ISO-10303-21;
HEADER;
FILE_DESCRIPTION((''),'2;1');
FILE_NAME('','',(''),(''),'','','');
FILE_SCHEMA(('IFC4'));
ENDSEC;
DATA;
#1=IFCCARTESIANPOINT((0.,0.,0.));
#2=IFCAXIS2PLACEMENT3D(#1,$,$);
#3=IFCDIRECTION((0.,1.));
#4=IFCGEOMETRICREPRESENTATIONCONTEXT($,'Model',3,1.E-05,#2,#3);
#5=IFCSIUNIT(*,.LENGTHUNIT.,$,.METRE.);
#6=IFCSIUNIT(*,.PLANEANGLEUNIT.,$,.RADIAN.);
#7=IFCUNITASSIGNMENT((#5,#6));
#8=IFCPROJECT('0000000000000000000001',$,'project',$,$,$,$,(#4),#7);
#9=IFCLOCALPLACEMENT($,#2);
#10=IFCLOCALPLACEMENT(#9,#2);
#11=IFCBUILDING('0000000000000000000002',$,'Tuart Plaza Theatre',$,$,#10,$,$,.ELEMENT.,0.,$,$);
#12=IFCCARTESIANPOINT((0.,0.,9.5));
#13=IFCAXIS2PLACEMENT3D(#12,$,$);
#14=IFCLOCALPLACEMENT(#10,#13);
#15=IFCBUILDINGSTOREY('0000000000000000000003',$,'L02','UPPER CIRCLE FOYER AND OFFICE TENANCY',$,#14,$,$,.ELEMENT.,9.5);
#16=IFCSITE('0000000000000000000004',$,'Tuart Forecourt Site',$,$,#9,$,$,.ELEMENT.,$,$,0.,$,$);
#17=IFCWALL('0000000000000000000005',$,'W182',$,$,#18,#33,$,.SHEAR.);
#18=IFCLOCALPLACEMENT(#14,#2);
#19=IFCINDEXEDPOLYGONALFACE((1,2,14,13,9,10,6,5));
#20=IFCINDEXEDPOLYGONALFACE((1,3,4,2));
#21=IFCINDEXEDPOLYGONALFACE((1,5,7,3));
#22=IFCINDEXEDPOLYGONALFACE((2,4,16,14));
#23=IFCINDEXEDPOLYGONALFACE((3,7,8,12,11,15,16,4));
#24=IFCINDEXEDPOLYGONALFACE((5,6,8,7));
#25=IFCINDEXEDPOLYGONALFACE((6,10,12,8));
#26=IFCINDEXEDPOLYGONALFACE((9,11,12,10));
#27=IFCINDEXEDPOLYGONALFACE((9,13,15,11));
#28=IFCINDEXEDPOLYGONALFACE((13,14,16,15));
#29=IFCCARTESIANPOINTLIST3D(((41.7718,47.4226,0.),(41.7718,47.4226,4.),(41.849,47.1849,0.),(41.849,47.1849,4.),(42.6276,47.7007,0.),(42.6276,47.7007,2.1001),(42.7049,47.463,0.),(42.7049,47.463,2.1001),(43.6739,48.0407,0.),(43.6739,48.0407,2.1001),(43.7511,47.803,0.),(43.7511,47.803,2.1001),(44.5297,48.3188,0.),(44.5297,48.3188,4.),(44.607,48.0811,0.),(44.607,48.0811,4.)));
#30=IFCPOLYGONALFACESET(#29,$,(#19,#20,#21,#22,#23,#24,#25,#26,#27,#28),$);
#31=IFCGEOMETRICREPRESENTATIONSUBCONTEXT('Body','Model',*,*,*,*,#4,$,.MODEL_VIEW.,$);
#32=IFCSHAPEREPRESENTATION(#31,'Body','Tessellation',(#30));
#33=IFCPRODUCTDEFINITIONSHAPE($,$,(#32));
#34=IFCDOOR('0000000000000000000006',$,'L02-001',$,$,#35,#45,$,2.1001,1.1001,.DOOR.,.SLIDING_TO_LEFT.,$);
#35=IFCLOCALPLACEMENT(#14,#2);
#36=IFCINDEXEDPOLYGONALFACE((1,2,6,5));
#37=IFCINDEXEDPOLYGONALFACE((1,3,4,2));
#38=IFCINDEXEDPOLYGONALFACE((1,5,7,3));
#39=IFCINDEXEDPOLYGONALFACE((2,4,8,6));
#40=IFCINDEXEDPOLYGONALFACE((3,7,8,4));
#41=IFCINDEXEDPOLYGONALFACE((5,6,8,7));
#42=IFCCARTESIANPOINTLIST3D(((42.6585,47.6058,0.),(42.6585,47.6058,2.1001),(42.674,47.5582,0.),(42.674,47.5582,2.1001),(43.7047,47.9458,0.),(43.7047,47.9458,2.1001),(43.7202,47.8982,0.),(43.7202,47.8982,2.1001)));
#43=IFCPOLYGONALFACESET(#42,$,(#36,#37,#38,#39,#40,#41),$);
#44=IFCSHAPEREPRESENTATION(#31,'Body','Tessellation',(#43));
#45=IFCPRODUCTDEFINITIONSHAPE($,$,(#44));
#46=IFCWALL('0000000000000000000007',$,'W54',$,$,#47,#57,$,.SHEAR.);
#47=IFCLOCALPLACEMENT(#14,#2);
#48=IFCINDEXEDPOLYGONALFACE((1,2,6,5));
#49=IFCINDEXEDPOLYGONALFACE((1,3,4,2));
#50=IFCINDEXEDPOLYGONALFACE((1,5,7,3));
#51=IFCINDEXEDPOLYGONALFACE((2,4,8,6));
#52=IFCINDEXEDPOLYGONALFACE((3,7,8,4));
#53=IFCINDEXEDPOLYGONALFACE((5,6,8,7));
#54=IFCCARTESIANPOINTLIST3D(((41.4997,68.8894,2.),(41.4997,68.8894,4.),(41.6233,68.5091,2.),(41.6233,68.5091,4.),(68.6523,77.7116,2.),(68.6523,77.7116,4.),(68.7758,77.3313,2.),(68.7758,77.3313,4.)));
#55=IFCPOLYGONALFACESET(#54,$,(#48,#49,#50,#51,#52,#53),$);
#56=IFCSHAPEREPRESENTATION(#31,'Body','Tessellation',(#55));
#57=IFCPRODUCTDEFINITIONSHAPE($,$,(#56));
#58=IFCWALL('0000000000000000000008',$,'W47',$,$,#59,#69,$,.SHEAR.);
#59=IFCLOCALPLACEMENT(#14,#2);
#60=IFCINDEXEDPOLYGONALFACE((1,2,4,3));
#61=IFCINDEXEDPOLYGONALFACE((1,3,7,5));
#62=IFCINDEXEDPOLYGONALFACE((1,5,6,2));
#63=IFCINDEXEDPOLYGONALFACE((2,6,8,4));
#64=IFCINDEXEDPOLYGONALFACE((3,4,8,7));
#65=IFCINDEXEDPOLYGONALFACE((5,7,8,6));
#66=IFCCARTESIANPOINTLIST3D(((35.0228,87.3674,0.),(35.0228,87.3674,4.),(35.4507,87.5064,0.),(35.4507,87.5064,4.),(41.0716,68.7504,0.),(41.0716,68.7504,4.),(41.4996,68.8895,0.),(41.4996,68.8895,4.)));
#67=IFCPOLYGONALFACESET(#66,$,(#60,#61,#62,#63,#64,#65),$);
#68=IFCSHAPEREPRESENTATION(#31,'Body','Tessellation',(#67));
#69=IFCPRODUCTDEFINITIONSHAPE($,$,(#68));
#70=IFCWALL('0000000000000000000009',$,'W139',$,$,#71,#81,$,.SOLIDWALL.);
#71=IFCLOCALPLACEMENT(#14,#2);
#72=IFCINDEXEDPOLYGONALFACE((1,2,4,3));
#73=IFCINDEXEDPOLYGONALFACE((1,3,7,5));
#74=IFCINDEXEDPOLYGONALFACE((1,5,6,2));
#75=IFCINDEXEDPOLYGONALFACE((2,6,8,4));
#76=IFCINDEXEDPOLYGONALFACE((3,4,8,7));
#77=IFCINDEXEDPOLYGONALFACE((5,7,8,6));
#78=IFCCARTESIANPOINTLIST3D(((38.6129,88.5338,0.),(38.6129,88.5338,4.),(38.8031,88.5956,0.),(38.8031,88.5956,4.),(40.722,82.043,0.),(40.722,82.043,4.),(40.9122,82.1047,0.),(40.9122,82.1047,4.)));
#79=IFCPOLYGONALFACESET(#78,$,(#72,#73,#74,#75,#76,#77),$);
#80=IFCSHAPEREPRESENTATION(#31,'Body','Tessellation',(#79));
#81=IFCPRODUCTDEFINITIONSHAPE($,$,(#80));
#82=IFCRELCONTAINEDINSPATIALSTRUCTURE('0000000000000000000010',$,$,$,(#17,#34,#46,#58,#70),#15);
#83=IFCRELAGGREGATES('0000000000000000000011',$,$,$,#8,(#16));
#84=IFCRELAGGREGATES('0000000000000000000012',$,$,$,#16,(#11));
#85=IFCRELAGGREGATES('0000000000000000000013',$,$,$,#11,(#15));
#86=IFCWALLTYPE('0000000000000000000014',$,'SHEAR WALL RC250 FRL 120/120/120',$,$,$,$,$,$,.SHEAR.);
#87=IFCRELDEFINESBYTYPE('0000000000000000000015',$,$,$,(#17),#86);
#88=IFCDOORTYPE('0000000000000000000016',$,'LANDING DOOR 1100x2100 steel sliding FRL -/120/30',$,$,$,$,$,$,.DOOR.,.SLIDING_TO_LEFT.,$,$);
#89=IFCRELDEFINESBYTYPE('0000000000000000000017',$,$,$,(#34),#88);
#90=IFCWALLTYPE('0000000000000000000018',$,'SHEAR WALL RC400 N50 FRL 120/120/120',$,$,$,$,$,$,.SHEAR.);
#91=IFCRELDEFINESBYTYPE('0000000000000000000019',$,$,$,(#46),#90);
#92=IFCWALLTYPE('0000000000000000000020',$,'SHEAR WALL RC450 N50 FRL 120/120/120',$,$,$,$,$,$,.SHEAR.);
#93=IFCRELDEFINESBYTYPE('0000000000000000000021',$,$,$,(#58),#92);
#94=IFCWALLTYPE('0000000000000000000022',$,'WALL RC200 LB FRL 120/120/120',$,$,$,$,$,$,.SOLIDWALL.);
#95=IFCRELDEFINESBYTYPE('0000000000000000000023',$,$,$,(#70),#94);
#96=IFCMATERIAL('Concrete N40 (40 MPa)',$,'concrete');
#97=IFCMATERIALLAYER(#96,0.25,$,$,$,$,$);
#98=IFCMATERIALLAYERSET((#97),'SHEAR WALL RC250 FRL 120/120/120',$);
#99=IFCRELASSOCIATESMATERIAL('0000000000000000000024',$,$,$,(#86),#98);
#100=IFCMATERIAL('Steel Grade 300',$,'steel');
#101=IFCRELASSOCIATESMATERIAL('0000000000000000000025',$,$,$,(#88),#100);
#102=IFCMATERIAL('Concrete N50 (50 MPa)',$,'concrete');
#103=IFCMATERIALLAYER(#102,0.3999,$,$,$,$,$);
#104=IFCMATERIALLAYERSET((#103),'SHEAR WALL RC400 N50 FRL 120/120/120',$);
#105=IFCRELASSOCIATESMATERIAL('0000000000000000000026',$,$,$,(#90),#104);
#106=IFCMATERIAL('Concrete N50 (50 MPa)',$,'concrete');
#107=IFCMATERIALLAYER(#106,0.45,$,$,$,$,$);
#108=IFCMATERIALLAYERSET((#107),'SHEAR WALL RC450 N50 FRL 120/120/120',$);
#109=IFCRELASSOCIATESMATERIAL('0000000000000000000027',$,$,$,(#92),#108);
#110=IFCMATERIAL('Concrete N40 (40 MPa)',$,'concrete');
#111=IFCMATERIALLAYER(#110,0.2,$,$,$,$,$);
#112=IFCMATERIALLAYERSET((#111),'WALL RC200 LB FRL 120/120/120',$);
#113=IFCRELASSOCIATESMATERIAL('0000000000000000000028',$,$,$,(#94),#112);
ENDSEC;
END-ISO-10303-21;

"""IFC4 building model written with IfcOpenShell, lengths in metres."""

from ifc_helpers import new_model, si_unit, direction, frame, frame_2d, origin, place, context, subcontext, project, spatial, rectangle, extrude, material, layer, layer_set, type_object, element, fill, save


model = new_model("IFC4")

# Units and contexts
model_context = context("Model", 3, precision=1e-05, world=origin(), true_north=direction((0.0, 1.0)))
body_context = subcontext(model_context, "Body", "Model", "MODEL_VIEW")
ifc_project = project(units=[si_unit("LENGTHUNIT", "METRE"), si_unit("PLANEANGLEUNIT", "RADIAN")], contexts=[model_context])

# Site, building, storey
site_placement = place(None, origin())
site = spatial("IfcSite", under=ifc_project, at=site_placement, Name="Tuart Forecourt Site", CompositionType="ELEMENT", RefElevation=0.0)
building_placement = place(site_placement, origin())
building = spatial("IfcBuilding", under=site, at=building_placement, Name="Tuart Plaza Theatre", CompositionType="ELEMENT", ElevationOfRefHeight=0.0)
storey_placement = place(building_placement, frame((0.0, 0.0, 9.5)))
storey = spatial("IfcBuildingStorey", under=building, at=storey_placement, Name="L02", Description="UPPER CIRCLE FOYER AND OFFICE TENANCY", CompositionType="ELEMENT", Elevation=9.5)

# Wall, opening, door
ifc_material_1 = material(Name="Concrete N40 (40 MPa)", Category="concrete")
ifc_layer_1 = layer(ifc_material_1, 0.25)
ifc_layer_set_1 = layer_set([ifc_layer_1], Name="SHEAR WALL RC250 FRL 120/120/120")
wall_type_1 = type_object("IfcWallType", Name="SHEAR WALL RC250 FRL 120/120/120", PredefinedType="SHEAR", material=ifc_layer_set_1)
wall_1_placement = place(storey_placement, frame((44.5684, 48.2, 0.0), z_axis=(0.0, 0.0, 1.0), x_axis=(-0.951047, -0.309046, 0.0)))
wall_1 = element("IfcWall", 1, at=wall_1_placement, inside=storey, type_object=wall_type_1, Name="W182", PredefinedType="SHEAR", context=body_context, shape_type="SweptSolid", body=[
    extrude(rectangle(XDim=2.8999, YDim=0.25, at=frame_2d((1.45, 0.0))), origin(), (0.0, 0.0, 1.0), 4.0),
])
opening_1_placement = place(wall_1_placement, frame((0.8999, 0.0, 0.0)))
opening_1 = element("IfcOpeningElement", 2, at=opening_1_placement, cuts=wall_1, PredefinedType="OPENING", context=body_context, shape_type="SweptSolid", body=[
    extrude(rectangle(XDim=1.1001, YDim=2.1001, at=frame_2d((0.55, 1.05))), frame((0.0, 0.135, 0.0), z_axis=(0.0, -1.0, 0.0), x_axis=(1.0, 0.0, 0.0)), (0.0, 0.0, 1.0), 0.27),
])
ifc_material_2 = material(Name="Steel Grade 300", Category="steel")
door_type_1 = type_object("IfcDoorType", Name="LANDING DOOR 1100x2100 steel sliding FRL -/120/30", OperationType="SLIDING_TO_LEFT", PredefinedType="DOOR", material=ifc_material_2)
door_1_placement = place(opening_1_placement, origin())
door_1 = element("IfcDoor", 3, at=door_1_placement, inside=storey, type_object=door_type_1, Name="L02-001", OperationType="SLIDING_TO_LEFT", OverallHeight=2.1001, OverallWidth=1.1001, PredefinedType="DOOR", context=body_context, shape_type="SweptSolid", body=[
    extrude(rectangle(XDim=1.1001, YDim=2.1001, at=frame_2d((0.55, 1.05))), frame((0.0, 0.0249, 0.0), z_axis=(0.0, -1.0, 0.0), x_axis=(1.0, 0.0, 0.0)), (0.0, 0.0, 1.0), 0.05),
])
fill(opening_1, door_1)

# Walls
ifc_material_3 = material(Name="Concrete N50 (50 MPa)", Category="concrete")
ifc_layer_2 = layer(ifc_material_3, 0.3999)
ifc_layer_set_2 = layer_set([ifc_layer_2], Name="SHEAR WALL RC400 N50 FRL 120/120/120")
wall_type_2 = type_object("IfcWallType", Name="SHEAR WALL RC400 N50 FRL 120/120/120", PredefinedType="SHEAR", material=ifc_layer_set_2)
wall_2_placement = place(storey_placement, frame((41.5615, 68.6992, 2.0), z_axis=(0.0, 0.0, 1.0), x_axis=(0.951058, 0.309012, 0.0)))
element("IfcWall", 4, at=wall_2_placement, inside=storey, type_object=wall_type_2, Name="W54", PredefinedType="SHEAR", context=body_context, shape_type="SweptSolid", body=[
    extrude(rectangle(XDim=28.5498, YDim=0.3999, at=frame_2d((14.2749, 0.0))), origin(), (0.0, 0.0, 1.0), 2.0),
])
ifc_material_4 = material(Name="Concrete N50 (50 MPa)", Category="concrete")
ifc_layer_3 = layer(ifc_material_4, 0.45)
ifc_layer_set_3 = layer_set([ifc_layer_3], Name="SHEAR WALL RC450 N50 FRL 120/120/120")
wall_type_3 = type_object("IfcWallType", Name="SHEAR WALL RC450 N50 FRL 120/120/120", PredefinedType="SHEAR", material=ifc_layer_set_3)
wall_3_placement = place(storey_placement, frame((41.2856, 68.8198, 0.0), z_axis=(0.0, 0.0, 1.0), x_axis=(-0.309009, 0.951059, 0.0)))
element("IfcWall", 5, at=wall_3_placement, inside=storey, type_object=wall_type_3, Name="W47", PredefinedType="SHEAR", context=body_context, shape_type="SweptSolid", body=[
    extrude(rectangle(XDim=19.575, YDim=0.45, at=frame_2d((9.7876, 0.0))), origin(), (0.0, 0.0, 1.0), 4.0),
])
ifc_material_5 = material(Name="Concrete N40 (40 MPa)", Category="concrete")
ifc_layer_4 = layer(ifc_material_5, 0.2)
ifc_layer_set_4 = layer_set([ifc_layer_4], Name="WALL RC200 LB FRL 120/120/120")
wall_type_4 = type_object("IfcWallType", Name="WALL RC200 LB FRL 120/120/120", PredefinedType="SOLIDWALL", material=ifc_layer_set_4)
wall_4_placement = place(storey_placement, frame((40.8171, 82.0737, 0.0), z_axis=(0.0, 0.0, 1.0), x_axis=(-0.309029, 0.951053, 0.0)))
element("IfcWall", 6, at=wall_4_placement, inside=storey, type_object=wall_type_4, Name="W139", PredefinedType="SOLIDWALL", context=body_context, shape_type="SweptSolid", body=[
    extrude(rectangle(XDim=6.825, YDim=0.2, at=frame_2d((3.4126, 0.0))), origin(), (0.0, 0.0, 1.0), 4.0),
])

save(model, "model.ifc")
